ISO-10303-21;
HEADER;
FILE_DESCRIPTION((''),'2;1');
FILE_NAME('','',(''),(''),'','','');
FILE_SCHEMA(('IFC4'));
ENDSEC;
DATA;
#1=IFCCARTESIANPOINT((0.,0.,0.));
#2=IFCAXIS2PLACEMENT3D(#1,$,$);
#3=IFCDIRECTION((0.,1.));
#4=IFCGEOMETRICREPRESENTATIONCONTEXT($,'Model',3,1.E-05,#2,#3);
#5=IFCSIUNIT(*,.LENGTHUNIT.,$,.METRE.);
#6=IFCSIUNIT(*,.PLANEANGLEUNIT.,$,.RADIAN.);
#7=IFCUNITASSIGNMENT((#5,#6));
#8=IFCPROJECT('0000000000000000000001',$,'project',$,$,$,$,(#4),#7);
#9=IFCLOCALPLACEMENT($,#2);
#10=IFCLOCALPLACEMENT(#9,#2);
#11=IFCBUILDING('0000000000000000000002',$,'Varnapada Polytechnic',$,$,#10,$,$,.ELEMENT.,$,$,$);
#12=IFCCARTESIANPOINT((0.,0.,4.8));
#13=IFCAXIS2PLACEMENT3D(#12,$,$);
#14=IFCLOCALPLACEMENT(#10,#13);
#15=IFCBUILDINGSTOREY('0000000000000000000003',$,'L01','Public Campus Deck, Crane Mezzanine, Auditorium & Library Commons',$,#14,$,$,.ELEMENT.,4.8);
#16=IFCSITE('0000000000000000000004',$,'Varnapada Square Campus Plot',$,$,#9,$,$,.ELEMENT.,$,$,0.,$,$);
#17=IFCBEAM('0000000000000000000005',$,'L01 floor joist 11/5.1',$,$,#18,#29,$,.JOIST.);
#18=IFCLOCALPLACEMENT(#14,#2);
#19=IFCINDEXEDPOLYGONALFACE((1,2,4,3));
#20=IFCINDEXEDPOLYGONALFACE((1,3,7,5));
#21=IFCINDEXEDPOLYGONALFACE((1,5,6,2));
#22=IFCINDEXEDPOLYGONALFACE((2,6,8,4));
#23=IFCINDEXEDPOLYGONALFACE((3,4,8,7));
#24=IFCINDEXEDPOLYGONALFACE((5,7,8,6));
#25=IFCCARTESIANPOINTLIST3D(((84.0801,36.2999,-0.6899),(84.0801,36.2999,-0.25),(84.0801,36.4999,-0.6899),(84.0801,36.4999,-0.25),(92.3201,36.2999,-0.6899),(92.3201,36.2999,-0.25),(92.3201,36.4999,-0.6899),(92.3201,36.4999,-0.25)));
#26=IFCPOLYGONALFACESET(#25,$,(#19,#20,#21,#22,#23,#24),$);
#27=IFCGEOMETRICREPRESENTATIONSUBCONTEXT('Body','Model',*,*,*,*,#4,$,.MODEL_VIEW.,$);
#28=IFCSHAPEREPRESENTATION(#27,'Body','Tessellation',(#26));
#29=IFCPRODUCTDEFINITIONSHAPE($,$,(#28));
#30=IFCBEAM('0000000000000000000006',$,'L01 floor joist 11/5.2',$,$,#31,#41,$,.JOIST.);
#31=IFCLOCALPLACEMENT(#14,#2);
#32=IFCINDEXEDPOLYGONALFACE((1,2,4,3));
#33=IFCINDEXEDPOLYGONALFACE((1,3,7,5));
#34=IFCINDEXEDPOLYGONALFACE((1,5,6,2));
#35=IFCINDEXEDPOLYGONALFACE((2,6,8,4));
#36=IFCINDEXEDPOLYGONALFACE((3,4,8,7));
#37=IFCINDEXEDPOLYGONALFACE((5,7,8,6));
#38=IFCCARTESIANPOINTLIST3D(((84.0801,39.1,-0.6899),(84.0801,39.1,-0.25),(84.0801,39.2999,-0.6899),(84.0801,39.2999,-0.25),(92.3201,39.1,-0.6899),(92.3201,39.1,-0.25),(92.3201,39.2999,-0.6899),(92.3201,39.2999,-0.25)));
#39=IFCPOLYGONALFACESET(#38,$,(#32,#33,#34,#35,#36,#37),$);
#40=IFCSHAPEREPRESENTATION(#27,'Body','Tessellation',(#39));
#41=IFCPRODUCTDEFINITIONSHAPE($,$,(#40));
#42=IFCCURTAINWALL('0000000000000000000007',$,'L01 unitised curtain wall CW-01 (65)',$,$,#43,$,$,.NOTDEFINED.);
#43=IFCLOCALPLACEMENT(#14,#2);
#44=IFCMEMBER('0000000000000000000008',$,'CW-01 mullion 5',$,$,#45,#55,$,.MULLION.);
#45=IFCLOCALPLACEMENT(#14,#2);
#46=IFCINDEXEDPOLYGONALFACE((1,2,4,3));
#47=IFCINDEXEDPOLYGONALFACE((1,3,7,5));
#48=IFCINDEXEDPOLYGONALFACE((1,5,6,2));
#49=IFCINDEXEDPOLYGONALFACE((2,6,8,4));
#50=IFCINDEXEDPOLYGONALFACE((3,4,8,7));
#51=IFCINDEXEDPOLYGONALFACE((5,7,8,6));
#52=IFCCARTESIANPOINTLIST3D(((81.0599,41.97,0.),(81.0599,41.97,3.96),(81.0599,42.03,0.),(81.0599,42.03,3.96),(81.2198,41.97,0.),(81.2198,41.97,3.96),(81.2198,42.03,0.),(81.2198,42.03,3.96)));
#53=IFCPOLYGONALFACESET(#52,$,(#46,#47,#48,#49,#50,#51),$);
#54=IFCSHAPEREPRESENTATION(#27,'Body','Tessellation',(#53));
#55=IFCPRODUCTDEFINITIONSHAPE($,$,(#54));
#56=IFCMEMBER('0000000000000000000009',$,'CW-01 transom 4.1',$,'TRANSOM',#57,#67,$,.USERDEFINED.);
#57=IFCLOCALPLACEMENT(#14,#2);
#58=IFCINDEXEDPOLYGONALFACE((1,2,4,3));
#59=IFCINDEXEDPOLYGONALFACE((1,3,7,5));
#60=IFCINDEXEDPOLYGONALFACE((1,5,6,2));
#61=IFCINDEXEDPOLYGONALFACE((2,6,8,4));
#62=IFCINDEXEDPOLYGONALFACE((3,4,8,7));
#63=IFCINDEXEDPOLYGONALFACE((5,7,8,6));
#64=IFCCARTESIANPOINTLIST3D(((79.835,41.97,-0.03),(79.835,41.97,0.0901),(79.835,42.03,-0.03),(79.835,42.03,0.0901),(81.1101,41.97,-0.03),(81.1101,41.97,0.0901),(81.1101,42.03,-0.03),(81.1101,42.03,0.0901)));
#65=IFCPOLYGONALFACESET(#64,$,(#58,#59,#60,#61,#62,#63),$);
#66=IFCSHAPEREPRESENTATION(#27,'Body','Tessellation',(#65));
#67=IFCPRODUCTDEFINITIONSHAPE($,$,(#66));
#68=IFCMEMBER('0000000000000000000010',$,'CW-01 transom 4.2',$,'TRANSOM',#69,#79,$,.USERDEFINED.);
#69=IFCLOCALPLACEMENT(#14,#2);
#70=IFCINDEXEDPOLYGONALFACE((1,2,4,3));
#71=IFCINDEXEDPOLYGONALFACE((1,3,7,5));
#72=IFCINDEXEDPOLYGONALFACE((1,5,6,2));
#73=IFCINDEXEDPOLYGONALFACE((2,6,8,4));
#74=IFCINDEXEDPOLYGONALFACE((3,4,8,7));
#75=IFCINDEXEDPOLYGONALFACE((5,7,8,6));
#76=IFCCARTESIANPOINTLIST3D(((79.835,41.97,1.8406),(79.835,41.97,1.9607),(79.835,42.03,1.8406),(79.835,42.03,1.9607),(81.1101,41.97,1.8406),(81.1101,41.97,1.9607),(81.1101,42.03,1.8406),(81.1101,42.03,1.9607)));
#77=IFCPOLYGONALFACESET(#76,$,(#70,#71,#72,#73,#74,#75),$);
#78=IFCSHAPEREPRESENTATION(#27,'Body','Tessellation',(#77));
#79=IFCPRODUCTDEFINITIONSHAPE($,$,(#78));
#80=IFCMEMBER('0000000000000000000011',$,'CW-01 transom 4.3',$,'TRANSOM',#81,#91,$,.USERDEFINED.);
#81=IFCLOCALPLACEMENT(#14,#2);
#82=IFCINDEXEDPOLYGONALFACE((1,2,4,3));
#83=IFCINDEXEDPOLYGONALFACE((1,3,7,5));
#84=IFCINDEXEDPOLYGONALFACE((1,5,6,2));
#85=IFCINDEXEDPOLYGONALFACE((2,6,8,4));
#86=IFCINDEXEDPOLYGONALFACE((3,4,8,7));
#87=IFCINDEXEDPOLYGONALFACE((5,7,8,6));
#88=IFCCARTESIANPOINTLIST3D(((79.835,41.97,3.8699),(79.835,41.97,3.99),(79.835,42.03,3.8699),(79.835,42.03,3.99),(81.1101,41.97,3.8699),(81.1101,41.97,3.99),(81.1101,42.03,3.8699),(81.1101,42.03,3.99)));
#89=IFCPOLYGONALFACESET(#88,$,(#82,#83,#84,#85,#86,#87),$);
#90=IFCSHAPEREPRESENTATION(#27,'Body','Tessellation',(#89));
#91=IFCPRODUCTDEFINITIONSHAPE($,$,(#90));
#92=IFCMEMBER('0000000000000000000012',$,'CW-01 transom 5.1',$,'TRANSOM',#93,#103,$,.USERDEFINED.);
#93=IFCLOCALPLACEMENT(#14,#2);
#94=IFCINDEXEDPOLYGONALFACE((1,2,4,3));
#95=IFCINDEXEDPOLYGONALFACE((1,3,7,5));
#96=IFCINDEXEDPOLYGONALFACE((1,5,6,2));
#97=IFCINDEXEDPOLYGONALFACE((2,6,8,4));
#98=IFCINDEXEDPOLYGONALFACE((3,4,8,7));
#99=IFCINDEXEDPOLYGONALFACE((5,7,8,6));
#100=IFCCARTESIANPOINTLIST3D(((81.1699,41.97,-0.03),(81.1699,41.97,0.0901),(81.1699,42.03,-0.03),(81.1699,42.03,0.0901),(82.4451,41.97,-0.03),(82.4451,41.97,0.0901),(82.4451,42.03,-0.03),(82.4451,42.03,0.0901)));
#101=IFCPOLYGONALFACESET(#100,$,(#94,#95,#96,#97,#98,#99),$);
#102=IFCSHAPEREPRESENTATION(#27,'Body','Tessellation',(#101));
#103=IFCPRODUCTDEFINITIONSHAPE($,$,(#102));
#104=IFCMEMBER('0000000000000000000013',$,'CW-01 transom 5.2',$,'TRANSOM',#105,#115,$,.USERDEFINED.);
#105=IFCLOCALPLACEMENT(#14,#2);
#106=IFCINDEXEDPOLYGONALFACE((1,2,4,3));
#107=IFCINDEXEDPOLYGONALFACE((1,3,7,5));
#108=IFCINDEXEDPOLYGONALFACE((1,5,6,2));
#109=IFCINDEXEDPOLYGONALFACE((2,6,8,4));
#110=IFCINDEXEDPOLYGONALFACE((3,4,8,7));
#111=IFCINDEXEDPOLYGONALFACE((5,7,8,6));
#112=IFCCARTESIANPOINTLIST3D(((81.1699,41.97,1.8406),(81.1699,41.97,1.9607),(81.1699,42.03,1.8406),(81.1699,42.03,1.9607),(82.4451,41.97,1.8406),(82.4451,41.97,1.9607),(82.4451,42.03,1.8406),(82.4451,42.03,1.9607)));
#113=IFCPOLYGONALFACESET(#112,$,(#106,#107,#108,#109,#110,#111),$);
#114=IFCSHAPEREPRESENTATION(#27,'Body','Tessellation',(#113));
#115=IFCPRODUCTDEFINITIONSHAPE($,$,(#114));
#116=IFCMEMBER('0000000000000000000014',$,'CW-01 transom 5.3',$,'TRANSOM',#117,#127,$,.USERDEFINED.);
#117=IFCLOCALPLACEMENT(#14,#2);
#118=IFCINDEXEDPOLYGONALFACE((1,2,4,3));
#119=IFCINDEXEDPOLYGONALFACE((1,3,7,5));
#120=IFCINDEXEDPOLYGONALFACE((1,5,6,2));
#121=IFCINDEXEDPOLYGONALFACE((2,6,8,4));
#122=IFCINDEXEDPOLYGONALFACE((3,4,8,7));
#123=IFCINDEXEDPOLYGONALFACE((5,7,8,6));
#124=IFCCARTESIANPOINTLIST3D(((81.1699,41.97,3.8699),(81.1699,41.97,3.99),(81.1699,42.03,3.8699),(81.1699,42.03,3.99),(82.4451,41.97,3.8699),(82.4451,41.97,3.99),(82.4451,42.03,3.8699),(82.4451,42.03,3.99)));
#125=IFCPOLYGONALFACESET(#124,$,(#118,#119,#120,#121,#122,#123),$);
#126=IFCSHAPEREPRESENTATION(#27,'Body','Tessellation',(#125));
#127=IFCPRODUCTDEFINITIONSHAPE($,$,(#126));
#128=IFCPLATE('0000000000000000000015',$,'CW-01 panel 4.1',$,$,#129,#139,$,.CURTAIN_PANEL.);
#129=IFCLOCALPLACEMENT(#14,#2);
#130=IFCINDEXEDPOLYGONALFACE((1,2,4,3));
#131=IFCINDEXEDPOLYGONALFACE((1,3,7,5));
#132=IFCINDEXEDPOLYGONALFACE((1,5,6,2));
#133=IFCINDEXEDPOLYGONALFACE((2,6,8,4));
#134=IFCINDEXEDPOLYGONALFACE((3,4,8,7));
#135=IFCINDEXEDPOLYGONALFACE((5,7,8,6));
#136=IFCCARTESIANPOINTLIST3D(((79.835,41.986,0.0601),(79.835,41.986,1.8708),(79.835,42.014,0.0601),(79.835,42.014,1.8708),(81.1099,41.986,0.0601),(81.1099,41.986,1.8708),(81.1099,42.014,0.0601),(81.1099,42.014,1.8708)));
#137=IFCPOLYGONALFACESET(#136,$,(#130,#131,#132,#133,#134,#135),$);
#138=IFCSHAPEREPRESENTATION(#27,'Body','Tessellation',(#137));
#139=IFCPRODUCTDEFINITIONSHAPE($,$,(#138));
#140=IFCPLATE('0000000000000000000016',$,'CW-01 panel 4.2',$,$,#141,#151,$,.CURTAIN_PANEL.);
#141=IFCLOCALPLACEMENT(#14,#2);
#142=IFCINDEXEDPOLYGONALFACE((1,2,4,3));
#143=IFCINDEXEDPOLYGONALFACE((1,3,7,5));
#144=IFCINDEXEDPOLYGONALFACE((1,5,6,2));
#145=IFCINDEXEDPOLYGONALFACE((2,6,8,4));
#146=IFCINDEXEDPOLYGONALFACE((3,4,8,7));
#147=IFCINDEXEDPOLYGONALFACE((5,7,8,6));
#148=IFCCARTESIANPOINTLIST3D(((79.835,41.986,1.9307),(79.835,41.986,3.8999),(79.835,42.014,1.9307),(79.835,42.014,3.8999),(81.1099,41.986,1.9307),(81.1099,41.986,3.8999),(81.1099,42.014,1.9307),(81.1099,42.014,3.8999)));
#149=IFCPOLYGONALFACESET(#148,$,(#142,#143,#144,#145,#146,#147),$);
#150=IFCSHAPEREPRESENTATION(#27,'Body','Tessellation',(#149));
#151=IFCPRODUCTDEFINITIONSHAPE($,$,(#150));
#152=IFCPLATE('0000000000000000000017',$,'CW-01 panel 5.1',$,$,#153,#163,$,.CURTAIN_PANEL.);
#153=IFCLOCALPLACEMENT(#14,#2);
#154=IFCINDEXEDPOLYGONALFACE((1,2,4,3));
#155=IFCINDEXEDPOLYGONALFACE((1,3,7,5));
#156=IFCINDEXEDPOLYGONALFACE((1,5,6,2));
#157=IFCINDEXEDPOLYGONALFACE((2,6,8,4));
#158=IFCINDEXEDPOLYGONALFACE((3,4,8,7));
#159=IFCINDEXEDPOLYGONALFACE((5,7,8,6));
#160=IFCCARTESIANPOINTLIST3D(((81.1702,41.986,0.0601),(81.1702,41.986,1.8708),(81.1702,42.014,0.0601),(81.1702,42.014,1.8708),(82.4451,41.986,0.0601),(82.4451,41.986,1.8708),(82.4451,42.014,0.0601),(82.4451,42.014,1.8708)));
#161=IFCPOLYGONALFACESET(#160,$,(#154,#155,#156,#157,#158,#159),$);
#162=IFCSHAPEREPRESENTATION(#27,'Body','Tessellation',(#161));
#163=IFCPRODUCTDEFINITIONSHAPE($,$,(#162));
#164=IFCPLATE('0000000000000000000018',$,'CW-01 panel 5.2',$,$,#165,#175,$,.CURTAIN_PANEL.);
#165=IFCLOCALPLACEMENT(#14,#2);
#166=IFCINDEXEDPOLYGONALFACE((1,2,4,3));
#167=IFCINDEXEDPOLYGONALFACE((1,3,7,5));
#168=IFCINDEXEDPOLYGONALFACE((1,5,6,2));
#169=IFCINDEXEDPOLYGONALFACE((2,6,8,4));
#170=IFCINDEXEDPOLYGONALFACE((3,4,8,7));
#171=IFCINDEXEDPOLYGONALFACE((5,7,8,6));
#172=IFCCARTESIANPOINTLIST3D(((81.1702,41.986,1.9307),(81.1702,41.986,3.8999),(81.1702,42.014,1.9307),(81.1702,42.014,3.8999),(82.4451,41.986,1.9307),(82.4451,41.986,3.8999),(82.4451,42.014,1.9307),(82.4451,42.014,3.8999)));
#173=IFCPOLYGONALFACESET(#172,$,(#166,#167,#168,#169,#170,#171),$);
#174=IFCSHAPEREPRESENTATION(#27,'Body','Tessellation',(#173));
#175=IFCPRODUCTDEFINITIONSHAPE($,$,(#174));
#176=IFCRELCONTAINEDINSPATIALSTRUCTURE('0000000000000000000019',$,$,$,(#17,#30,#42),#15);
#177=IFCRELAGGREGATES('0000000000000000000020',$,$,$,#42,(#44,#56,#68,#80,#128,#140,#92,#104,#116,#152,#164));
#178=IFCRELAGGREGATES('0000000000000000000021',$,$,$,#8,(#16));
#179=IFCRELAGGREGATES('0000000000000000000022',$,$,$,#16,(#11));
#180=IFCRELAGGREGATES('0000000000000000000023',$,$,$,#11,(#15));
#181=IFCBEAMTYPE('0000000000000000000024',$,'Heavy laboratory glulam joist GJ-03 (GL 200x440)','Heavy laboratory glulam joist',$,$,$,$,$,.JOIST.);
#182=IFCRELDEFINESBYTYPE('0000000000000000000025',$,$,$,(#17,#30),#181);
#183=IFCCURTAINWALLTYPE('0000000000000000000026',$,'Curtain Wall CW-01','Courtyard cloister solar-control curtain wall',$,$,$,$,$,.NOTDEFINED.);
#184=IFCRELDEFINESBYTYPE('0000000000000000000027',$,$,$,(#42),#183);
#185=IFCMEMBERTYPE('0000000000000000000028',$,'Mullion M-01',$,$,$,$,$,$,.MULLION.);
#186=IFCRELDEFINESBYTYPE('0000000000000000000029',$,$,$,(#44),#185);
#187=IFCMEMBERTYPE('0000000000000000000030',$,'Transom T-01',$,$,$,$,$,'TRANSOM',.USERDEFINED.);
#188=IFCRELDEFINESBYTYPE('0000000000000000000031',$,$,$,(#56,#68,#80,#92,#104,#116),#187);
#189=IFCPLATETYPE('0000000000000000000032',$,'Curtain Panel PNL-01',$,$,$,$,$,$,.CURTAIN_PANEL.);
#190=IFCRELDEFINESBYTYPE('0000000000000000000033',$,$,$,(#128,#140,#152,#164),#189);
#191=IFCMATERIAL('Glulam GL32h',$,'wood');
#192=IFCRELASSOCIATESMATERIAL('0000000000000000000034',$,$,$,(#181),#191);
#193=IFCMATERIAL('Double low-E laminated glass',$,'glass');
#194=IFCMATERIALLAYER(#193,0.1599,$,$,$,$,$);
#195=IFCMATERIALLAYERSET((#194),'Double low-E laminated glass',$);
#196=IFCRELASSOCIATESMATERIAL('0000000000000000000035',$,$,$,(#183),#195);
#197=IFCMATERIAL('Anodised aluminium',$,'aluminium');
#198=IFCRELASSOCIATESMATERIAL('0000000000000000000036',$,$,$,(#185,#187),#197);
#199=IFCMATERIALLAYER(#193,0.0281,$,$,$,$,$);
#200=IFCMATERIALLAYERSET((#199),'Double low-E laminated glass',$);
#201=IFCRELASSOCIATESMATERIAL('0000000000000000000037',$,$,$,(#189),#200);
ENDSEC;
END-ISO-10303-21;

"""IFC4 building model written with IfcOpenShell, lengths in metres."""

from ifc_helpers import new_model, si_unit, direction, frame, origin, origin_2d, place, context, subcontext, project, spatial, rectangle, extrude, material, layer, layer_set, material_profile, profile_set, type_object, element, aggregate, save


model = new_model("IFC4")

# Units and contexts
model_context = context("Model", 3, precision=1e-05, world=origin(), true_north=direction((0.0, 1.0)))
body_context = subcontext(model_context, "Body", "Model", "MODEL_VIEW")
ifc_project = project(units=[si_unit("LENGTHUNIT", "METRE"), si_unit("PLANEANGLEUNIT", "RADIAN")], contexts=[model_context])

# Site, building, storey
site_placement = place(None, origin())
site = spatial("IfcSite", under=ifc_project, at=site_placement, Name="Varnapada Square Campus Plot", CompositionType="ELEMENT", RefElevation=0.0)
building_placement = place(site_placement, origin())
building = spatial("IfcBuilding", under=site, at=building_placement, Name="Varnapada Polytechnic", CompositionType="ELEMENT")
storey_placement = place(building_placement, frame((0.0, 0.0, 4.8)))
storey = spatial("IfcBuildingStorey", under=building, at=storey_placement, Name="L01", Description="Public Campus Deck, Crane Mezzanine, Auditorium & Library Commons", CompositionType="ELEMENT", Elevation=4.8)

# Beams
ifc_material_1 = material(Name="Glulam GL32h", Category="wood")
ifc_material_profile_1 = material_profile(ifc_material_1, rectangle(XDim=0.2, YDim=0.4399, at=origin_2d()), Name="GL 200x440")
ifc_profile_set_1 = profile_set([ifc_material_profile_1], Name="Glulam GL32h")
beam_type = type_object("IfcBeamType", Name="Heavy laboratory glulam joist GJ-03 (GL 200x440)", Description="Heavy laboratory glulam joist", PredefinedType="JOIST", material=ifc_profile_set_1)
for number, where, z_axis, x_axis, name in (
    (1, (84.0801, 36.3999, -0.47), (1.0, 0.0, 0.0), (0.0, 1.0, 0.0), "L01 floor joist 11/5.1"),
    (2, (84.0801, 39.2, -0.47), (1.0, 0.0, 0.0), (0.0, 1.0, 0.0), "L01 floor joist 11/5.2"),
):
    element("IfcBeam", number, at=place(storey_placement, frame(where, z_axis=z_axis, x_axis=x_axis)), inside=storey, type_object=beam_type, Name=name, PredefinedType="JOIST", context=body_context, shape_type="SweptSolid", body=[
        extrude(rectangle(XDim=0.2, YDim=0.4399, at=origin_2d()), origin(), (0.0, 0.0, 1.0), 8.24),
    ])

# Curtain wall, members, plates
ifc_material_2 = material(Name="Double low-E laminated glass", Category="glass")
ifc_layer_1 = layer(ifc_material_2, 0.1599)
ifc_layer_set_1 = layer_set([ifc_layer_1], Name="Double low-E laminated glass")
curtain_wall_type = type_object("IfcCurtainWallType", Name="Curtain Wall CW-01", Description="Courtyard cloister solar-control curtain wall", PredefinedType="NOTDEFINED", material=ifc_layer_set_1)
curtain_wall_placement = place(storey_placement, origin())
curtain_wall = element("IfcCurtainWall", 3, at=curtain_wall_placement, inside=storey, type_object=curtain_wall_type, Name="L01 unitised curtain wall CW-01 (65)", PredefinedType="NOTDEFINED")
ifc_material_3 = material(Name="Anodised aluminium", Category="aluminium")
ifc_material_profile_2 = material_profile(ifc_material_3, rectangle(XDim=0.0601, YDim=0.1599, at=origin_2d()), Name="ALU M60x160")
ifc_profile_set_2 = profile_set([ifc_material_profile_2], Name="Anodised aluminium")
member_type_1 = type_object("IfcMemberType", Name="Mullion M-01", PredefinedType="MULLION", material=ifc_profile_set_2)
member_1_placement = place(storey_placement, frame((81.1399, 42.0, 0.0), z_axis=(0.0, 0.0, 1.0), x_axis=(0.0, 1.0, 0.0)))
member_1 = element("IfcMember", 4, at=member_1_placement, type_object=member_type_1, Name="CW-01 mullion 5", PredefinedType="MULLION", context=body_context, shape_type="SweptSolid", body=[
    extrude(rectangle(XDim=0.0601, YDim=0.1599, at=origin_2d()), origin(), (0.0, 0.0, 1.0), 3.96),
])
ifc_material_profile_3 = material_profile(ifc_material_3, rectangle(XDim=0.0601, YDim=0.1201, at=origin_2d()), Name="ALU T60x120")
ifc_profile_set_3 = profile_set([ifc_material_profile_3], Name="Anodised aluminium")
member_type_2 = type_object("IfcMemberType", Name="Transom T-01", ElementType="TRANSOM", PredefinedType="USERDEFINED", material=ifc_profile_set_3)
member_2_placement = place(storey_placement, frame((79.835, 42.0, 0.03), z_axis=(1.0, 0.0, 0.0), x_axis=(0.0, 1.0, 0.0)))
member_2 = element("IfcMember", 5, at=member_2_placement, type_object=member_type_2, Name="CW-01 transom 4.1", ObjectType="TRANSOM", PredefinedType="USERDEFINED", context=body_context, shape_type="SweptSolid", body=[
    extrude(rectangle(XDim=0.0601, YDim=0.1201, at=origin_2d()), origin(), (0.0, 0.0, 1.0), 1.2751),
])
member_3_placement = place(storey_placement, frame((79.835, 42.0, 1.9006), z_axis=(1.0, 0.0, 0.0), x_axis=(0.0, 1.0, 0.0)))
member_3 = element("IfcMember", 6, at=member_3_placement, type_object=member_type_2, Name="CW-01 transom 4.2", ObjectType="TRANSOM", PredefinedType="USERDEFINED", context=body_context, shape_type="SweptSolid", body=[
    extrude(rectangle(XDim=0.0601, YDim=0.1201, at=origin_2d()), origin(), (0.0, 0.0, 1.0), 1.2751),
])
member_4_placement = place(storey_placement, frame((79.835, 42.0, 3.9299), z_axis=(1.0, 0.0, 0.0), x_axis=(0.0, 1.0, 0.0)))
member_4 = element("IfcMember", 7, at=member_4_placement, type_object=member_type_2, Name="CW-01 transom 4.3", ObjectType="TRANSOM", PredefinedType="USERDEFINED", context=body_context, shape_type="SweptSolid", body=[
    extrude(rectangle(XDim=0.0601, YDim=0.1201, at=origin_2d()), origin(), (0.0, 0.0, 1.0), 1.2751),
])
member_5_placement = place(storey_placement, frame((81.1699, 42.0, 0.03), z_axis=(1.0, 0.0, 0.0), x_axis=(0.0, 1.0, 0.0)))
member_5 = element("IfcMember", 8, at=member_5_placement, type_object=member_type_2, Name="CW-01 transom 5.1", ObjectType="TRANSOM", PredefinedType="USERDEFINED", context=body_context, shape_type="SweptSolid", body=[
    extrude(rectangle(XDim=0.0601, YDim=0.1201, at=origin_2d()), origin(), (0.0, 0.0, 1.0), 1.2751),
])
member_6_placement = place(storey_placement, frame((81.1699, 42.0, 1.9006), z_axis=(1.0, 0.0, 0.0), x_axis=(0.0, 1.0, 0.0)))
member_6 = element("IfcMember", 9, at=member_6_placement, type_object=member_type_2, Name="CW-01 transom 5.2", ObjectType="TRANSOM", PredefinedType="USERDEFINED", context=body_context, shape_type="SweptSolid", body=[
    extrude(rectangle(XDim=0.0601, YDim=0.1201, at=origin_2d()), origin(), (0.0, 0.0, 1.0), 1.2751),
])
member_7_placement = place(storey_placement, frame((81.1699, 42.0, 3.9299), z_axis=(1.0, 0.0, 0.0), x_axis=(0.0, 1.0, 0.0)))
member_7 = element("IfcMember", 10, at=member_7_placement, type_object=member_type_2, Name="CW-01 transom 5.3", ObjectType="TRANSOM", PredefinedType="USERDEFINED", context=body_context, shape_type="SweptSolid", body=[
    extrude(rectangle(XDim=0.0601, YDim=0.1201, at=origin_2d()), origin(), (0.0, 0.0, 1.0), 1.2751),
])
ifc_layer_2 = layer(ifc_material_2, 0.0281)
ifc_layer_set_2 = layer_set([ifc_layer_2], Name="Double low-E laminated glass")
plate_type = type_object("IfcPlateType", Name="Curtain Panel PNL-01", PredefinedType="CURTAIN_PANEL", material=ifc_layer_set_2)
plate_1_placement = place(storey_placement, frame((80.4724, 42.0, 0.0601), z_axis=(0.0, 0.0, 1.0), x_axis=(1.0, 0.0, 0.0)))
plate_1 = element("IfcPlate", 11, at=plate_1_placement, type_object=plate_type, Name="CW-01 panel 4.1", PredefinedType="CURTAIN_PANEL", context=body_context, shape_type="SweptSolid", body=[
    extrude(rectangle(XDim=1.2749, YDim=0.0281, at=origin_2d()), origin(), (0.0, 0.0, 1.0), 1.8108),
])
plate_2_placement = place(storey_placement, frame((80.4724, 42.0, 1.9307), z_axis=(0.0, 0.0, 1.0), x_axis=(1.0, 0.0, 0.0)))
plate_2 = element("IfcPlate", 12, at=plate_2_placement, type_object=plate_type, Name="CW-01 panel 4.2", PredefinedType="CURTAIN_PANEL", context=body_context, shape_type="SweptSolid", body=[
    extrude(rectangle(XDim=1.2749, YDim=0.0281, at=origin_2d()), origin(), (0.0, 0.0, 1.0), 1.9692),
])
plate_3_placement = place(storey_placement, frame((81.8076, 42.0, 0.0601), z_axis=(0.0, 0.0, 1.0), x_axis=(1.0, 0.0, 0.0)))
plate_3 = element("IfcPlate", 13, at=plate_3_placement, type_object=plate_type, Name="CW-01 panel 5.1", PredefinedType="CURTAIN_PANEL", context=body_context, shape_type="SweptSolid", body=[
    extrude(rectangle(XDim=1.2749, YDim=0.0281, at=origin_2d()), origin(), (0.0, 0.0, 1.0), 1.8108),
])
plate_4_placement = place(storey_placement, frame((81.8076, 42.0, 1.9307), z_axis=(0.0, 0.0, 1.0), x_axis=(1.0, 0.0, 0.0)))
plate_4 = element("IfcPlate", 14, at=plate_4_placement, type_object=plate_type, Name="CW-01 panel 5.2", PredefinedType="CURTAIN_PANEL", context=body_context, shape_type="SweptSolid", body=[
    extrude(rectangle(XDim=1.2749, YDim=0.0281, at=origin_2d()), origin(), (0.0, 0.0, 1.0), 1.9692),
])
aggregate(curtain_wall, [member_1, member_2, member_3, member_4, plate_1, plate_2, member_5, member_6, member_7, plate_3, plate_4])

save(model, "model.ifc")
